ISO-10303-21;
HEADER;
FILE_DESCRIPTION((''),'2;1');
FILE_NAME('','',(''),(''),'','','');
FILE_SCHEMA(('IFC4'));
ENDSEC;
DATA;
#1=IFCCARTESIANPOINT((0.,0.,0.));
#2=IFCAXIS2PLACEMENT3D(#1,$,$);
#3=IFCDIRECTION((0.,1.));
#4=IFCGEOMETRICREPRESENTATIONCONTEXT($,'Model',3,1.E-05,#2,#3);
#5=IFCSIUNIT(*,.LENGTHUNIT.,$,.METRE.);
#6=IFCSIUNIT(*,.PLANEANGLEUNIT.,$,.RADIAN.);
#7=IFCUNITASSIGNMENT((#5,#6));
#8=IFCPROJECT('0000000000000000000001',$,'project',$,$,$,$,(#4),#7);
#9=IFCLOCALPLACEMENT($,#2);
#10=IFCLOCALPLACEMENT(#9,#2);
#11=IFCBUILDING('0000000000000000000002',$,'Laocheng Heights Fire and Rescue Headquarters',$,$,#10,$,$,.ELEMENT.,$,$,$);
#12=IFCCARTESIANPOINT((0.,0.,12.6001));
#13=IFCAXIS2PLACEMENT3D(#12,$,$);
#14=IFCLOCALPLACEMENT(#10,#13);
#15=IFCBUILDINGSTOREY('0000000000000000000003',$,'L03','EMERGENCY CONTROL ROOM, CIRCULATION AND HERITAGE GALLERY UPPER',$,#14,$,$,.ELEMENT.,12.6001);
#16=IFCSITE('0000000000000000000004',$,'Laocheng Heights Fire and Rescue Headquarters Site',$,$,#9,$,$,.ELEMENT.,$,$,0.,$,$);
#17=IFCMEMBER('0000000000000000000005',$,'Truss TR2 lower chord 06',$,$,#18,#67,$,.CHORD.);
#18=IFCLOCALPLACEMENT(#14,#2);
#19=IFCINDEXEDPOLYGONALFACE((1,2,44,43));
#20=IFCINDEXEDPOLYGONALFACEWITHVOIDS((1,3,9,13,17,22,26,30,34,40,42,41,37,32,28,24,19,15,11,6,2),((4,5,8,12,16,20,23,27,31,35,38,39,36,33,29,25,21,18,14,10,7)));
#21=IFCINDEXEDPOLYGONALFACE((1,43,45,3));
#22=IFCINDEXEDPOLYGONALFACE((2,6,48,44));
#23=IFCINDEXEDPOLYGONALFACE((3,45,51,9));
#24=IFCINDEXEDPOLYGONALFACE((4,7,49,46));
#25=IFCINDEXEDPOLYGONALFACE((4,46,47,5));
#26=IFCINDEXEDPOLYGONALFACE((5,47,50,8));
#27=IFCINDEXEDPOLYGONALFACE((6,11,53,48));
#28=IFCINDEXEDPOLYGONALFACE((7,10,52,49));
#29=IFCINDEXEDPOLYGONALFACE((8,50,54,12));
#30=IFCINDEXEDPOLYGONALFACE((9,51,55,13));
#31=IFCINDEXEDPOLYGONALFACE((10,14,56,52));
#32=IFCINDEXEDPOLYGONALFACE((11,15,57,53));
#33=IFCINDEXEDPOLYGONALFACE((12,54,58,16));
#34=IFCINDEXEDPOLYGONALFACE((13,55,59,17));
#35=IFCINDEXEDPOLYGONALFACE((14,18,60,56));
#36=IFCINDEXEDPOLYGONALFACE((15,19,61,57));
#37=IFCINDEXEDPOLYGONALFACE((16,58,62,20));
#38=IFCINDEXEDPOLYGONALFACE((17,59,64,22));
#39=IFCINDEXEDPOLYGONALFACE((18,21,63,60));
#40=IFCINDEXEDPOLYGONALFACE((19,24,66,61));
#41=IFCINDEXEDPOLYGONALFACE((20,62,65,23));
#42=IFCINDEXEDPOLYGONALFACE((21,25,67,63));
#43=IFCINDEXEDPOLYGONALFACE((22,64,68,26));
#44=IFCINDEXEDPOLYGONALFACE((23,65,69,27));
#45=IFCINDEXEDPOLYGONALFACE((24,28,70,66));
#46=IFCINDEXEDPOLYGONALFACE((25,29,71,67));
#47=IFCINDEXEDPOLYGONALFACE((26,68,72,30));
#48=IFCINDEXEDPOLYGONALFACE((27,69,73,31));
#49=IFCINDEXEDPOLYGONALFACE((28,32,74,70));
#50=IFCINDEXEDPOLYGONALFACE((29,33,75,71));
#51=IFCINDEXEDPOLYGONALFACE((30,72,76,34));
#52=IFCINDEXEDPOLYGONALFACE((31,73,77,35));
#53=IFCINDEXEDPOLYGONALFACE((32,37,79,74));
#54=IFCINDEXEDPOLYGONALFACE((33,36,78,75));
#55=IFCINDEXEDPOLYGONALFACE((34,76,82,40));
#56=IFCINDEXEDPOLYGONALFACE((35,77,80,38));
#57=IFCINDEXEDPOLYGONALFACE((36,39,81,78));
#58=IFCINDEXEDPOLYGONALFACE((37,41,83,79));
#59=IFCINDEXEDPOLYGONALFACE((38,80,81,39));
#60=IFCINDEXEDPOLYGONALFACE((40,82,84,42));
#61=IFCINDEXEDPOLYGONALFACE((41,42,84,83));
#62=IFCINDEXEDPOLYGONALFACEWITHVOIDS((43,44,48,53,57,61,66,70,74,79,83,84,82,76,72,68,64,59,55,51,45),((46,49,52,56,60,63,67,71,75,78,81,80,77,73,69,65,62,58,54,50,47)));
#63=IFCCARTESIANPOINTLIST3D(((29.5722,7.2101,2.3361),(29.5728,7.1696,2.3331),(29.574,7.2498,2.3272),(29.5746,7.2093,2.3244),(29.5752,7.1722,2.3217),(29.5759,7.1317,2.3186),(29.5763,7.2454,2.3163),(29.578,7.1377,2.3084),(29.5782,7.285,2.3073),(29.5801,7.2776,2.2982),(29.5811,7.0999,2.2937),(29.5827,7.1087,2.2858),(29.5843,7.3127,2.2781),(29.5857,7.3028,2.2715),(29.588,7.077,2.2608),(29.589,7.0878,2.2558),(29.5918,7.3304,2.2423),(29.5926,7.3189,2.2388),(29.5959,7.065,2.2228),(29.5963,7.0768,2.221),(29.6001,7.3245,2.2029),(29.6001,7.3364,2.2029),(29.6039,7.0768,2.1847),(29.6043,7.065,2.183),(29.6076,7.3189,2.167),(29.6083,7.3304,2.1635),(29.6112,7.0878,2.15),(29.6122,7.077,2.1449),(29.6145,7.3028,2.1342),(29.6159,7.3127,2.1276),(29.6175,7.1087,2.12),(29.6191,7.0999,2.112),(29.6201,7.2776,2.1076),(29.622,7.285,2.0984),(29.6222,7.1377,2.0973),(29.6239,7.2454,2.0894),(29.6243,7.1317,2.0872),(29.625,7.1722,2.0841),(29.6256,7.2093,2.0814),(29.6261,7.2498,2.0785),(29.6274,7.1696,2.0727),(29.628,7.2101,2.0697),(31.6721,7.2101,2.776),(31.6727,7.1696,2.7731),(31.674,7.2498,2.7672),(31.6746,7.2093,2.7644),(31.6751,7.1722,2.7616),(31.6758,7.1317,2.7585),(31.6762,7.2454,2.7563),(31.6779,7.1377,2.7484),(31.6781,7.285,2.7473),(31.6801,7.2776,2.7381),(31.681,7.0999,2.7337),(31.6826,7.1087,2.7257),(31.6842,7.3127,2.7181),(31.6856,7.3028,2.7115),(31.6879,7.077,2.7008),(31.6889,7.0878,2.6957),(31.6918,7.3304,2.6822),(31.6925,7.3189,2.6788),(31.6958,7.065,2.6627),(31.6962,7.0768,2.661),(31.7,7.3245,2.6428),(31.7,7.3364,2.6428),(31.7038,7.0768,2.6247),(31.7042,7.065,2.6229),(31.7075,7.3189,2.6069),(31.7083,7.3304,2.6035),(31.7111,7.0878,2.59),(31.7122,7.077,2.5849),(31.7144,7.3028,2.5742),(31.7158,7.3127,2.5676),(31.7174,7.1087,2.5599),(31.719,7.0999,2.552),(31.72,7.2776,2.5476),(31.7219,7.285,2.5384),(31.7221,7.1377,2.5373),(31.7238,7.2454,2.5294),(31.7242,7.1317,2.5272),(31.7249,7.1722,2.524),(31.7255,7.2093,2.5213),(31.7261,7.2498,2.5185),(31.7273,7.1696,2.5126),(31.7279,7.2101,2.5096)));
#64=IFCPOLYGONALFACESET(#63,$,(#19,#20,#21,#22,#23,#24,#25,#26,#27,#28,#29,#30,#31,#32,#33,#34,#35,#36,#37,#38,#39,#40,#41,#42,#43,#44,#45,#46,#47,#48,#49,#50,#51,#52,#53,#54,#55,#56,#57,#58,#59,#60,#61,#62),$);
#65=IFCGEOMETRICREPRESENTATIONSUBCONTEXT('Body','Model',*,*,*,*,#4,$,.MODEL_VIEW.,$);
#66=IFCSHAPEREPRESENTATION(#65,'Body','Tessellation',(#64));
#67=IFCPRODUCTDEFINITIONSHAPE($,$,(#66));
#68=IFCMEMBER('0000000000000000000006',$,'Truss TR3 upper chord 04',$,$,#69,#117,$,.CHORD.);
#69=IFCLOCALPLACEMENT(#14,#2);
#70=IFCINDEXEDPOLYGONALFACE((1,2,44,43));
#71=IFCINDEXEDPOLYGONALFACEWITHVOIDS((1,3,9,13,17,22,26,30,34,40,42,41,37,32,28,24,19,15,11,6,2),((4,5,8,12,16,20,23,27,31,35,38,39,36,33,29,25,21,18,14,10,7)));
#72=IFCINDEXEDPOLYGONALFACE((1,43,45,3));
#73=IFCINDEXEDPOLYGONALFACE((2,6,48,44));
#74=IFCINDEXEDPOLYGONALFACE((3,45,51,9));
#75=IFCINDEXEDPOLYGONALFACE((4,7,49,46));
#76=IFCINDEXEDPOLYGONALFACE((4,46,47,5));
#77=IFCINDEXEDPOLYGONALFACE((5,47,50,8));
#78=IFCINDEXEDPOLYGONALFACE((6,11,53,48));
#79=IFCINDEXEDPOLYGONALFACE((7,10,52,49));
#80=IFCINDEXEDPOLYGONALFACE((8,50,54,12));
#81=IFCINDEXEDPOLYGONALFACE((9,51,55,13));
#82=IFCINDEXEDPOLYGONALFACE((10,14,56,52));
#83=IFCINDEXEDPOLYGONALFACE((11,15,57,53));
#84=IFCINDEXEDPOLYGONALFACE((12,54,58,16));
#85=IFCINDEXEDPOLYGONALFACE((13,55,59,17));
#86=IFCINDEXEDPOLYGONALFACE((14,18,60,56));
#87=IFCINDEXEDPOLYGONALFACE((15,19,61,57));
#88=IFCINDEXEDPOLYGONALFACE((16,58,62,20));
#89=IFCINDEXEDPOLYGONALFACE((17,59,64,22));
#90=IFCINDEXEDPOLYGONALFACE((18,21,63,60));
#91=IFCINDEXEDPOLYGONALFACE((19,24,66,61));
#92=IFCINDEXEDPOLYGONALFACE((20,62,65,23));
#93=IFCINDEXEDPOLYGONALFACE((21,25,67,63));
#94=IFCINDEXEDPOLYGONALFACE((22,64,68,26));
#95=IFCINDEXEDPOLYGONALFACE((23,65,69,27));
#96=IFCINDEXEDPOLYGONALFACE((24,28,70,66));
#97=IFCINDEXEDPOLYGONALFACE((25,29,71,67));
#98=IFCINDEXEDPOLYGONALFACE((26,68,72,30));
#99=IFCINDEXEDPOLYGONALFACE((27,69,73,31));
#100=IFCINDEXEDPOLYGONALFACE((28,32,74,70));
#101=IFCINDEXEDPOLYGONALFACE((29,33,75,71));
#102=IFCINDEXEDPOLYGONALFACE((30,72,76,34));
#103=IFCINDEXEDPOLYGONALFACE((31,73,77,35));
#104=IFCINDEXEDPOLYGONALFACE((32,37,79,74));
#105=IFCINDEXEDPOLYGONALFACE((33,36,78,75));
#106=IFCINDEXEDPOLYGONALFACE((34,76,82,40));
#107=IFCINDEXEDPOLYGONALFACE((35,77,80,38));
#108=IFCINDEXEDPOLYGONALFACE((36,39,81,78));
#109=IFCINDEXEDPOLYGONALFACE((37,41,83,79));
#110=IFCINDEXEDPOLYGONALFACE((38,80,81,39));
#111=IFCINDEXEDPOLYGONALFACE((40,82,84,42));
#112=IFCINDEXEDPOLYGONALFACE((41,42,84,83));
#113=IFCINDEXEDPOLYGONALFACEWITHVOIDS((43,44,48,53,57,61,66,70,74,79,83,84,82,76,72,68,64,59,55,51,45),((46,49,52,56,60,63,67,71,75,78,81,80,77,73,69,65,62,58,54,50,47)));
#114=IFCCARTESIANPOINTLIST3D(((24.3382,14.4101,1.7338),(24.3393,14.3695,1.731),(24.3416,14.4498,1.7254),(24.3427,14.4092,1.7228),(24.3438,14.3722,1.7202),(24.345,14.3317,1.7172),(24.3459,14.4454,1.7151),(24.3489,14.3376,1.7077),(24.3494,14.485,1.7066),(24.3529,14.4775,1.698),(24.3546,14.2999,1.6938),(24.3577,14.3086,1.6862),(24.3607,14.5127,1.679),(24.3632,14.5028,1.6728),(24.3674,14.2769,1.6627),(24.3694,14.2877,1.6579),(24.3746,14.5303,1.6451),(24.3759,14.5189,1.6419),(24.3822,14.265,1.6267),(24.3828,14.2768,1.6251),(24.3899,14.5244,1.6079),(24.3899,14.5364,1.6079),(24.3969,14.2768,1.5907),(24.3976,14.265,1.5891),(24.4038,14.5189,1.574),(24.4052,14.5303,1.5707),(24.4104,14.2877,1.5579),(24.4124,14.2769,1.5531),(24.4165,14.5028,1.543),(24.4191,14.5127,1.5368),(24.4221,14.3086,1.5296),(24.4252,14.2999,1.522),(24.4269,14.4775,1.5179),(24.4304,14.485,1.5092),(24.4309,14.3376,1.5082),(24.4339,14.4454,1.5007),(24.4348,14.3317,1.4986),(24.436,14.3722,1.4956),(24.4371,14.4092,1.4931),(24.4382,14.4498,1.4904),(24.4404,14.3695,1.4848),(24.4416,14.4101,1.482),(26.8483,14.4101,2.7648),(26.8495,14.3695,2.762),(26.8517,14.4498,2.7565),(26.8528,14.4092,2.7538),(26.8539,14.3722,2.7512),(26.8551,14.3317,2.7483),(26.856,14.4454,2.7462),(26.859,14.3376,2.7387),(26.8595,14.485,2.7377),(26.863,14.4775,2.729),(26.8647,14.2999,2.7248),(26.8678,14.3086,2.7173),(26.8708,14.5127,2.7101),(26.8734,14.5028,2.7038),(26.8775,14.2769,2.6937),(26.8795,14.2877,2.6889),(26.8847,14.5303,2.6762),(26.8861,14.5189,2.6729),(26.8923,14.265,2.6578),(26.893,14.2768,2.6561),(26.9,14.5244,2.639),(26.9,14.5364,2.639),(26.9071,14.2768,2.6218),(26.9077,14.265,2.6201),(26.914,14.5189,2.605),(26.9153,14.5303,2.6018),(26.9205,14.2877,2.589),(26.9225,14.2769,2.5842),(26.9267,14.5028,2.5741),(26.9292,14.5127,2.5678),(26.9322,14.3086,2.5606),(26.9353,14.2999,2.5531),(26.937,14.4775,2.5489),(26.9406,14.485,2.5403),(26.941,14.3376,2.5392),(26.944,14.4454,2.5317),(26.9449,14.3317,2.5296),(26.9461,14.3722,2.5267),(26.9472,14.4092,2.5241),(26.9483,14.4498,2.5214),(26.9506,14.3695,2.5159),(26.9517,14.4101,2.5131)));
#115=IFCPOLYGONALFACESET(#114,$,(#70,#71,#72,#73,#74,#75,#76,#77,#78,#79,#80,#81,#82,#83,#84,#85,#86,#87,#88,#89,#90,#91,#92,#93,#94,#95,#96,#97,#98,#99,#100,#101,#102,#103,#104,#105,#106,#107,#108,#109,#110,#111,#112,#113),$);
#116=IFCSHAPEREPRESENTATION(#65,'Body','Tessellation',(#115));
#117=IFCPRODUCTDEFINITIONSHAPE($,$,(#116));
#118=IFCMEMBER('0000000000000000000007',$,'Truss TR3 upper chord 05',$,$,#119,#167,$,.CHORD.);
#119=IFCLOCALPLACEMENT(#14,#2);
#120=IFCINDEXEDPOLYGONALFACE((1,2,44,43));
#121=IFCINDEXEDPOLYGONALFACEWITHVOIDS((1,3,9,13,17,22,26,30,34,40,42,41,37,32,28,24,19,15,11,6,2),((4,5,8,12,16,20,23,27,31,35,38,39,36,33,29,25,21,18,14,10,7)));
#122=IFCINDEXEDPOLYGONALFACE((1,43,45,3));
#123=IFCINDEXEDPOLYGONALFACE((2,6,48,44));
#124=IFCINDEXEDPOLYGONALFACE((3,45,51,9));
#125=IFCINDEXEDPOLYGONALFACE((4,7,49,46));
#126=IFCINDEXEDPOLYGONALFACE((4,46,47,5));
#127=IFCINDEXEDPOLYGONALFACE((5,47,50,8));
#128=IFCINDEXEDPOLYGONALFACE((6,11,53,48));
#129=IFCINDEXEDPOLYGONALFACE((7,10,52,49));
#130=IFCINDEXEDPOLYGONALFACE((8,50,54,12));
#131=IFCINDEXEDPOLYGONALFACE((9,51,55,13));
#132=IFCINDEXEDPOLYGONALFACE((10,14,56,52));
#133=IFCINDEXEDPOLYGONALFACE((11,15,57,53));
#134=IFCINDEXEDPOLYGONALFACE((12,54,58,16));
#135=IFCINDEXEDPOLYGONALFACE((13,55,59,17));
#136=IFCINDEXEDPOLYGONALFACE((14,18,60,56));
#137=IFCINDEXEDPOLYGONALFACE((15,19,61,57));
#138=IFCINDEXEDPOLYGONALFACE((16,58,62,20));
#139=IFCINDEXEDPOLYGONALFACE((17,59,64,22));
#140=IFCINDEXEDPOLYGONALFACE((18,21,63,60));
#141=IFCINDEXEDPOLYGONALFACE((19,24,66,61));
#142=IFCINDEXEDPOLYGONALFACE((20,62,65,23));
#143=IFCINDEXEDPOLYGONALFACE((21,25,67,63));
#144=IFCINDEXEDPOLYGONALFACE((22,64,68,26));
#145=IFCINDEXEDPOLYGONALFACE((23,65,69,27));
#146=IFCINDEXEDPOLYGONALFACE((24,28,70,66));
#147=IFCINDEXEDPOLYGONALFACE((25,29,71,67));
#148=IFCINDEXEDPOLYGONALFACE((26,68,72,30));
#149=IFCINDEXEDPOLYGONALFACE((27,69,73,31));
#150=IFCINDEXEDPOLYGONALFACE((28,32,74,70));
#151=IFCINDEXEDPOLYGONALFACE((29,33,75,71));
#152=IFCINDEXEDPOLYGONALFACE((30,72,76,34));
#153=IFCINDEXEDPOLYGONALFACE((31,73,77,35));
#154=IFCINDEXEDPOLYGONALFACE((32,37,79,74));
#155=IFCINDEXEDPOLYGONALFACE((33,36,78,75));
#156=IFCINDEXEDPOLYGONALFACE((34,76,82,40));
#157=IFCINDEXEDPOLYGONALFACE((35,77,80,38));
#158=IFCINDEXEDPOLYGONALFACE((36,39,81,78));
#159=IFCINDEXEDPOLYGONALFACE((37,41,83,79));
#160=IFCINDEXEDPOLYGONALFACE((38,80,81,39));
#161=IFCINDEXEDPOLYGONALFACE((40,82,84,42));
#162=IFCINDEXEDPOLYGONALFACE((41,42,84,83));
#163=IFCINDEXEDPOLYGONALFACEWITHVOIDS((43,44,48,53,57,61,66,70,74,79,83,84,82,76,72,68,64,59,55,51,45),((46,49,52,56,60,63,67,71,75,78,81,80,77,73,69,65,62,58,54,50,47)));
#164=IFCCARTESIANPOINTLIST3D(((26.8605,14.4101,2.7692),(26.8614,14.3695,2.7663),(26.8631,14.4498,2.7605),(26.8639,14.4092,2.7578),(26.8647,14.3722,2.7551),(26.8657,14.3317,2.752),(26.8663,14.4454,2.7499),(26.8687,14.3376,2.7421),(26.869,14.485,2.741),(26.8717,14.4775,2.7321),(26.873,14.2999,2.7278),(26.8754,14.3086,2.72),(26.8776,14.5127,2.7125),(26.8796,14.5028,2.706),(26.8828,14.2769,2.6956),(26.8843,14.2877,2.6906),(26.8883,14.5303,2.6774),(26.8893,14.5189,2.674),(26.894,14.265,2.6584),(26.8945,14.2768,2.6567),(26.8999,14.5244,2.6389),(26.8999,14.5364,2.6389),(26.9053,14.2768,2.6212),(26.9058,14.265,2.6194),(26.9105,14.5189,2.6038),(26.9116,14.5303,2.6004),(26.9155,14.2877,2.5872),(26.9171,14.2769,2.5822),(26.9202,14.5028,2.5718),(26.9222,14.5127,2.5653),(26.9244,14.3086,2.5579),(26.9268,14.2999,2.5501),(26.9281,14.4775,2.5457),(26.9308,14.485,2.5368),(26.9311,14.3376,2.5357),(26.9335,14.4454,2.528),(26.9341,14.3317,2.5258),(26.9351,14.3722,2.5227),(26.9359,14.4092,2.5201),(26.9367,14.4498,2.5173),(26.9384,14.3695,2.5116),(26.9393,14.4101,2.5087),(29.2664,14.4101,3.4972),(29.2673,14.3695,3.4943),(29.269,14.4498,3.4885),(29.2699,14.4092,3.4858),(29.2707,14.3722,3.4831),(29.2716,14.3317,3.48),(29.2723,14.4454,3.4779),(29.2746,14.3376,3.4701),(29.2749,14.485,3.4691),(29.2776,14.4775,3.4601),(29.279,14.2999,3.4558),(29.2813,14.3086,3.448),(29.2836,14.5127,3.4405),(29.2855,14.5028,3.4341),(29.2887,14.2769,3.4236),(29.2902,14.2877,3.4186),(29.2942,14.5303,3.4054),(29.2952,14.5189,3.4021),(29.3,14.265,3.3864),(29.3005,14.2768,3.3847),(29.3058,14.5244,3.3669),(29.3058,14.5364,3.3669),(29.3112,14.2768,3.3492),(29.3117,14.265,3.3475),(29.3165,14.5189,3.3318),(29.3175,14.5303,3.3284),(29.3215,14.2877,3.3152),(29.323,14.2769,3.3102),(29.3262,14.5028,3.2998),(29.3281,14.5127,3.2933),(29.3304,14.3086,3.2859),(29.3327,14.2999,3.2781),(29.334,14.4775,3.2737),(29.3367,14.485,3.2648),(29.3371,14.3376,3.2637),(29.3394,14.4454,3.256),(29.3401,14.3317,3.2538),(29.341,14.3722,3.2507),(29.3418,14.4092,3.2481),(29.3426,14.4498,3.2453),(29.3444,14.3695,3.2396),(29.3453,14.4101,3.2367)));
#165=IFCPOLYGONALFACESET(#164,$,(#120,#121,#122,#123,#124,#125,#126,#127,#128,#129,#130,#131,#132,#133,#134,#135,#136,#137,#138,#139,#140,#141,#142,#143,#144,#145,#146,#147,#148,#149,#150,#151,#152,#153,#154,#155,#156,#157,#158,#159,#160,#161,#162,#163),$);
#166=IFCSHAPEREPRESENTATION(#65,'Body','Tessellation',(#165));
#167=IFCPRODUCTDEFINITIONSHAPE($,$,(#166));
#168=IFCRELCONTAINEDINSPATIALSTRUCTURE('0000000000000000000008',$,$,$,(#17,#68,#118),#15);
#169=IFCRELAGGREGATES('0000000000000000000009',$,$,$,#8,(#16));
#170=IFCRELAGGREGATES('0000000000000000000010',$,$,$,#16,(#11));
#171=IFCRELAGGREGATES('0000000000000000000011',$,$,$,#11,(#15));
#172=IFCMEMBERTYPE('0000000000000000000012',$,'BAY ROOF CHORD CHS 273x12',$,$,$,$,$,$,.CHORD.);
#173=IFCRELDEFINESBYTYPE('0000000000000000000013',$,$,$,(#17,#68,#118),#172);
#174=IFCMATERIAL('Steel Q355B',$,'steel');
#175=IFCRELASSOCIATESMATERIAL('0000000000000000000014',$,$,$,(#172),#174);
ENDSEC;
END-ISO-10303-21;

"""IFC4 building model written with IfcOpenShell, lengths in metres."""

from ifc_helpers import new_model, si_unit, direction, frame, origin, origin_2d, place, context, subcontext, project, spatial, hollow_circle, extrude, material, material_profile, profile_set, type_object, element, save


model = new_model("IFC4")

# Units and contexts
model_context = context("Model", 3, precision=1e-05, world=origin(), true_north=direction((0.0, 1.0)))
body_context = subcontext(model_context, "Body", "Model", "MODEL_VIEW")
ifc_project = project(units=[si_unit("LENGTHUNIT", "METRE"), si_unit("PLANEANGLEUNIT", "RADIAN")], contexts=[model_context])

# Site, building, storey
site_placement = place(None, origin())
site = spatial("IfcSite", under=ifc_project, at=site_placement, Name="Laocheng Heights Fire and Rescue Headquarters Site", CompositionType="ELEMENT", RefElevation=0.0)
building_placement = place(site_placement, origin())
building = spatial("IfcBuilding", under=site, at=building_placement, Name="Laocheng Heights Fire and Rescue Headquarters", CompositionType="ELEMENT")
storey_placement = place(building_placement, frame((0.0, 0.0, 12.6001)))
storey = spatial("IfcBuildingStorey", under=building, at=storey_placement, Name="L03", Description="EMERGENCY CONTROL ROOM, CIRCULATION AND HERITAGE GALLERY UPPER", CompositionType="ELEMENT", Elevation=12.6001)

# Members
ifc_material_1 = material(Name="Steel Q355B", Category="steel")
ifc_material_profile_1 = material_profile(ifc_material_1, hollow_circle(Radius=0.1365, WallThickness=0.012, at=origin_2d()), Name="CHS 273x12")
ifc_profile_set_1 = profile_set([ifc_material_profile_1], Name="Steel Q355B")
member_type_1 = type_object("IfcMemberType", Name="BAY ROOF CHORD CHS 273x12", PredefinedType="CHORD", material=ifc_profile_set_1)
member_1_placement = place(storey_placement, frame((29.6001, 7.2, 2.2029), z_axis=(0.97875, 0.0, 0.205058), x_axis=(0.0, 1.0, 0.0)))
element("IfcMember", 1, at=member_1_placement, inside=storey, type_object=member_type_1, Name="Truss TR2 lower chord 06", PredefinedType="CHORD", context=body_context, shape_type="SweptSolid", body=[
    extrude(hollow_circle(Radius=0.1365, WallThickness=0.012, at=origin_2d()), origin(), (0.0, 0.0, 1.0), 2.1455),
])
member_2_placement = place(storey_placement, frame((24.3899, 14.3999, 1.6079), z_axis=(0.925006, 0.0, 0.379953), x_axis=(0.0, 1.0, 0.0)))
element("IfcMember", 2, at=member_2_placement, inside=storey, type_object=member_type_1, Name="Truss TR3 upper chord 04", PredefinedType="CHORD", context=body_context, shape_type="SweptSolid", body=[
    extrude(hollow_circle(Radius=0.1365, WallThickness=0.012, at=origin_2d()), origin(), (0.0, 0.0, 1.0), 2.7136),
])
member_3_placement = place(storey_placement, frame((26.8999, 14.3999, 2.6389), z_axis=(0.957142, 0.0, 0.289619), x_axis=(0.0, 1.0, 0.0)))
element("IfcMember", 3, at=member_3_placement, inside=storey, type_object=member_type_1, Name="Truss TR3 upper chord 05", PredefinedType="CHORD", context=body_context, shape_type="SweptSolid", body=[
    extrude(hollow_circle(Radius=0.1365, WallThickness=0.012, at=origin_2d()), origin(), (0.0, 0.0, 1.0), 2.5137),
])

save(model, "model.ifc")
